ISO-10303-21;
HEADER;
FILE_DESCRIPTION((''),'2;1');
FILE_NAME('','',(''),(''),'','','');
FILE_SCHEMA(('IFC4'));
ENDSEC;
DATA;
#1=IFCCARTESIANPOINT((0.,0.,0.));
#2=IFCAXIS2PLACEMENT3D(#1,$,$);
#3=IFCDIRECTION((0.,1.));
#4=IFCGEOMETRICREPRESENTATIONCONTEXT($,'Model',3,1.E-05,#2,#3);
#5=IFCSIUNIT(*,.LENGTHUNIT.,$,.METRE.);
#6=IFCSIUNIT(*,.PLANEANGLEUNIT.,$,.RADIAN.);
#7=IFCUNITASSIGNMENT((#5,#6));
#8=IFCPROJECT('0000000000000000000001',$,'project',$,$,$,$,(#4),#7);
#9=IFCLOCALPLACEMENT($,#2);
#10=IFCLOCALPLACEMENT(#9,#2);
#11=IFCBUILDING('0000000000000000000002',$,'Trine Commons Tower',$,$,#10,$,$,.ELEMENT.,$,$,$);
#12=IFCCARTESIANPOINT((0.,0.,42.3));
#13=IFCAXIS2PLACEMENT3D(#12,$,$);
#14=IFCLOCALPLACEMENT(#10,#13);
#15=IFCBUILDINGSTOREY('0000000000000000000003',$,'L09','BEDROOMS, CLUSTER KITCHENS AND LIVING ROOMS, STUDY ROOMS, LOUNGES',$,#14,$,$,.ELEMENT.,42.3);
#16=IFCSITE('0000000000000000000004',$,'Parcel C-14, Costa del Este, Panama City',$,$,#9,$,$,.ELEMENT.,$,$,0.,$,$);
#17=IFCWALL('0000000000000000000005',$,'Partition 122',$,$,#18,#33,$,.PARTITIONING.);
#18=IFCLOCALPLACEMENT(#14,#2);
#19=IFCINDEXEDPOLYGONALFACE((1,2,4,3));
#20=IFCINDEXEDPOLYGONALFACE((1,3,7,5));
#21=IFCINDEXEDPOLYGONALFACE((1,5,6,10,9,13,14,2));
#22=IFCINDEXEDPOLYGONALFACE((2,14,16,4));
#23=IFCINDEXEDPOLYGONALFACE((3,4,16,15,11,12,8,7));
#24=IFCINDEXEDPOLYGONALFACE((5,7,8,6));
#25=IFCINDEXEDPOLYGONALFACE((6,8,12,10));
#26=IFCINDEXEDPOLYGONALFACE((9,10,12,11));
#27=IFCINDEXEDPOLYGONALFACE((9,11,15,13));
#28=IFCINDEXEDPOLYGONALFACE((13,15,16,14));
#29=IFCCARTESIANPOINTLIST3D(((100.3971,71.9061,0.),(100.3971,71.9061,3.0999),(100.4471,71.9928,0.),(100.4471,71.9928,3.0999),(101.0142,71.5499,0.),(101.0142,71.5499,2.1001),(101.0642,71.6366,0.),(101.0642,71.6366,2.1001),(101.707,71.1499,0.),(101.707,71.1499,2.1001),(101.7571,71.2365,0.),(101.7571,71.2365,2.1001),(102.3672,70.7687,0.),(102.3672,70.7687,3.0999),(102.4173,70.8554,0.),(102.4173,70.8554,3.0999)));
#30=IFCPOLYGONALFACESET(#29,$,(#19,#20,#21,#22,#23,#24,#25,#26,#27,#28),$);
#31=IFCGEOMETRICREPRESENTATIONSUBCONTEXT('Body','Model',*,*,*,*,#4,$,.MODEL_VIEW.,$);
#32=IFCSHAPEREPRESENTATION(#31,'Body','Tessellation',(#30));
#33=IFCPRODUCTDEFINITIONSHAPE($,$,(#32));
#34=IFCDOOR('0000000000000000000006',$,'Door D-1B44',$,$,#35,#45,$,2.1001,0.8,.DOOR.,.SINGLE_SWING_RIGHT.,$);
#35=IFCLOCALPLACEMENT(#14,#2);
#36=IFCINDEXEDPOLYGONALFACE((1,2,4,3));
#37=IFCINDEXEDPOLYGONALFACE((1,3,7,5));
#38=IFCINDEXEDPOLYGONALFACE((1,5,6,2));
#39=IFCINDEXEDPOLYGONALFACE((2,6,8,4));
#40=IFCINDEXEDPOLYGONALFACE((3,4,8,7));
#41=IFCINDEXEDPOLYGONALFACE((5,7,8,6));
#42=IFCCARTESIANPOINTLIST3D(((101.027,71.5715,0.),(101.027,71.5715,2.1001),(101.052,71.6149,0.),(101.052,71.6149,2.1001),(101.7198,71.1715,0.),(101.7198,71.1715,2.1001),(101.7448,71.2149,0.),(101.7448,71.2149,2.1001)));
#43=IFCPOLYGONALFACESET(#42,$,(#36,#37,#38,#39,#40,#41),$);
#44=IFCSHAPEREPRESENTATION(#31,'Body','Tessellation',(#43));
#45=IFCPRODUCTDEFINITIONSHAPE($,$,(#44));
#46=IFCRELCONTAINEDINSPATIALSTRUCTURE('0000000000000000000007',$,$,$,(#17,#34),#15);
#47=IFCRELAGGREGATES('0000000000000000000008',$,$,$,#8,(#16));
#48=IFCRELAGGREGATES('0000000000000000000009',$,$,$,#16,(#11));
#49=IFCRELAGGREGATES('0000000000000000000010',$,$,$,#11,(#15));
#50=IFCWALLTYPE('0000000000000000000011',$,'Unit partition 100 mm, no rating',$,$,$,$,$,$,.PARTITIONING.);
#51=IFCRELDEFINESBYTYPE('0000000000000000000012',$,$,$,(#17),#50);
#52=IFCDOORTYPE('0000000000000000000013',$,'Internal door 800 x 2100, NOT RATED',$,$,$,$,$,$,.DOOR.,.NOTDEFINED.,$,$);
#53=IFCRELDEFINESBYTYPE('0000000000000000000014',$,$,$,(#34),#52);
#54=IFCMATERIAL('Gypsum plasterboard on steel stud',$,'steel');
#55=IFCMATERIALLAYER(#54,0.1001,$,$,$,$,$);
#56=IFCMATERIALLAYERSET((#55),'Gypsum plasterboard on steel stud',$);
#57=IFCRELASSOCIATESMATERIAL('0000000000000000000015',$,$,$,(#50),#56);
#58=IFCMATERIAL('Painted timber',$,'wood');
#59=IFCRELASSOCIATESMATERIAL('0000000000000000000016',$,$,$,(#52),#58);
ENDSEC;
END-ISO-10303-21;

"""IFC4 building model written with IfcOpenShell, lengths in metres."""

from ifc_helpers import new_model, si_unit, direction, frame, frame_2d, origin, place, context, subcontext, project, spatial, rectangle, extrude, material, layer, layer_set, type_object, element, fill, save


model = new_model("IFC4")

# Units and contexts
model_context = context("Model", 3, precision=1e-05, world=origin(), true_north=direction((0.0, 1.0)))
body_context = subcontext(model_context, "Body", "Model", "MODEL_VIEW")
ifc_project = project(units=[si_unit("LENGTHUNIT", "METRE"), si_unit("PLANEANGLEUNIT", "RADIAN")], contexts=[model_context])

# Site, building, storey
site_placement = place(None, origin())
site = spatial("IfcSite", under=ifc_project, at=site_placement, Name="Parcel C-14, Costa del Este, Panama City", CompositionType="ELEMENT", RefElevation=0.0)
building_placement = place(site_placement, origin())
building = spatial("IfcBuilding", under=site, at=building_placement, Name="Trine Commons Tower", CompositionType="ELEMENT")
storey_placement = place(building_placement, frame((0.0, 0.0, 42.3)))
storey = spatial("IfcBuildingStorey", under=building, at=storey_placement, Name="L09", Description="BEDROOMS, CLUSTER KITCHENS AND LIVING ROOMS, STUDY ROOMS, LOUNGES", CompositionType="ELEMENT", Elevation=42.3)

# Shared definitions
ifc_material_1 = material(Name="Gypsum plasterboard on steel stud", Category="steel")

# Shared definitions
ifc_material_2 = material(Name="Painted timber", Category="wood")

# Shared definitions
ifc_layer_1 = layer(ifc_material_1, 0.1001)
ifc_layer_set_1 = layer_set([ifc_layer_1], Name="Gypsum plasterboard on steel stud")
wall_type_1 = type_object("IfcWallType", Name="Unit partition 100 mm, no rating", PredefinedType="PARTITIONING", material=ifc_layer_set_1)
door_type_1 = type_object("IfcDoorType", Name="Internal door 800 x 2100, NOT RATED", OperationType="NOTDEFINED", PredefinedType="DOOR", material=ifc_material_2)

# Wall, opening, door
wall_1_placement = place(storey_placement, frame((100.4221, 71.9495, 0.0), z_axis=(0.0, 0.0, 1.0), x_axis=(0.866035, -0.499983, 0.0)))
wall_1 = element("IfcWall", 1, at=wall_1_placement, inside=storey, type_object=wall_type_1, Name="Partition 122", PredefinedType="PARTITIONING", context=body_context, shape_type="SweptSolid", body=[
    extrude(rectangle(XDim=2.2749, YDim=0.1001, at=frame_2d((1.1375, 0.0))), origin(), (0.0, 0.0, 1.0), 3.0999),
])
opening_1_placement = place(wall_1_placement, frame((0.7126, 0.0, 0.0)))
opening_1 = element("IfcOpeningElement", 2, at=opening_1_placement, cuts=wall_1, PredefinedType="OPENING", context=body_context, shape_type="SweptSolid", body=[
    extrude(rectangle(XDim=0.8, YDim=2.1001, at=frame_2d((0.3999, 1.05))), frame((0.0, 0.0601, 0.0), z_axis=(0.0, -1.0, 0.0), x_axis=(1.0, 0.0, 0.0)), (0.0, 0.0, 1.0), 0.1201),
])
door_1_placement = place(opening_1_placement, frame((0.8, 0.0, 0.0), z_axis=(0.0, 0.0, 1.0), x_axis=(-1.0, 0.0, 0.0)))
door_1 = element("IfcDoor", 3, at=door_1_placement, inside=storey, type_object=door_type_1, Name="Door D-1B44", OperationType="SINGLE_SWING_RIGHT", OverallHeight=2.1001, OverallWidth=0.8, PredefinedType="DOOR", context=body_context, shape_type="SweptSolid", body=[
    extrude(rectangle(XDim=0.8, YDim=2.1001, at=frame_2d((0.3999, 1.05))), frame((0.0, 0.0249, 0.0), z_axis=(0.0, -1.0, 0.0), x_axis=(1.0, 0.0, 0.0)), (0.0, 0.0, 1.0), 0.05),
])
fill(opening_1, door_1)

save(model, "model.ifc")
